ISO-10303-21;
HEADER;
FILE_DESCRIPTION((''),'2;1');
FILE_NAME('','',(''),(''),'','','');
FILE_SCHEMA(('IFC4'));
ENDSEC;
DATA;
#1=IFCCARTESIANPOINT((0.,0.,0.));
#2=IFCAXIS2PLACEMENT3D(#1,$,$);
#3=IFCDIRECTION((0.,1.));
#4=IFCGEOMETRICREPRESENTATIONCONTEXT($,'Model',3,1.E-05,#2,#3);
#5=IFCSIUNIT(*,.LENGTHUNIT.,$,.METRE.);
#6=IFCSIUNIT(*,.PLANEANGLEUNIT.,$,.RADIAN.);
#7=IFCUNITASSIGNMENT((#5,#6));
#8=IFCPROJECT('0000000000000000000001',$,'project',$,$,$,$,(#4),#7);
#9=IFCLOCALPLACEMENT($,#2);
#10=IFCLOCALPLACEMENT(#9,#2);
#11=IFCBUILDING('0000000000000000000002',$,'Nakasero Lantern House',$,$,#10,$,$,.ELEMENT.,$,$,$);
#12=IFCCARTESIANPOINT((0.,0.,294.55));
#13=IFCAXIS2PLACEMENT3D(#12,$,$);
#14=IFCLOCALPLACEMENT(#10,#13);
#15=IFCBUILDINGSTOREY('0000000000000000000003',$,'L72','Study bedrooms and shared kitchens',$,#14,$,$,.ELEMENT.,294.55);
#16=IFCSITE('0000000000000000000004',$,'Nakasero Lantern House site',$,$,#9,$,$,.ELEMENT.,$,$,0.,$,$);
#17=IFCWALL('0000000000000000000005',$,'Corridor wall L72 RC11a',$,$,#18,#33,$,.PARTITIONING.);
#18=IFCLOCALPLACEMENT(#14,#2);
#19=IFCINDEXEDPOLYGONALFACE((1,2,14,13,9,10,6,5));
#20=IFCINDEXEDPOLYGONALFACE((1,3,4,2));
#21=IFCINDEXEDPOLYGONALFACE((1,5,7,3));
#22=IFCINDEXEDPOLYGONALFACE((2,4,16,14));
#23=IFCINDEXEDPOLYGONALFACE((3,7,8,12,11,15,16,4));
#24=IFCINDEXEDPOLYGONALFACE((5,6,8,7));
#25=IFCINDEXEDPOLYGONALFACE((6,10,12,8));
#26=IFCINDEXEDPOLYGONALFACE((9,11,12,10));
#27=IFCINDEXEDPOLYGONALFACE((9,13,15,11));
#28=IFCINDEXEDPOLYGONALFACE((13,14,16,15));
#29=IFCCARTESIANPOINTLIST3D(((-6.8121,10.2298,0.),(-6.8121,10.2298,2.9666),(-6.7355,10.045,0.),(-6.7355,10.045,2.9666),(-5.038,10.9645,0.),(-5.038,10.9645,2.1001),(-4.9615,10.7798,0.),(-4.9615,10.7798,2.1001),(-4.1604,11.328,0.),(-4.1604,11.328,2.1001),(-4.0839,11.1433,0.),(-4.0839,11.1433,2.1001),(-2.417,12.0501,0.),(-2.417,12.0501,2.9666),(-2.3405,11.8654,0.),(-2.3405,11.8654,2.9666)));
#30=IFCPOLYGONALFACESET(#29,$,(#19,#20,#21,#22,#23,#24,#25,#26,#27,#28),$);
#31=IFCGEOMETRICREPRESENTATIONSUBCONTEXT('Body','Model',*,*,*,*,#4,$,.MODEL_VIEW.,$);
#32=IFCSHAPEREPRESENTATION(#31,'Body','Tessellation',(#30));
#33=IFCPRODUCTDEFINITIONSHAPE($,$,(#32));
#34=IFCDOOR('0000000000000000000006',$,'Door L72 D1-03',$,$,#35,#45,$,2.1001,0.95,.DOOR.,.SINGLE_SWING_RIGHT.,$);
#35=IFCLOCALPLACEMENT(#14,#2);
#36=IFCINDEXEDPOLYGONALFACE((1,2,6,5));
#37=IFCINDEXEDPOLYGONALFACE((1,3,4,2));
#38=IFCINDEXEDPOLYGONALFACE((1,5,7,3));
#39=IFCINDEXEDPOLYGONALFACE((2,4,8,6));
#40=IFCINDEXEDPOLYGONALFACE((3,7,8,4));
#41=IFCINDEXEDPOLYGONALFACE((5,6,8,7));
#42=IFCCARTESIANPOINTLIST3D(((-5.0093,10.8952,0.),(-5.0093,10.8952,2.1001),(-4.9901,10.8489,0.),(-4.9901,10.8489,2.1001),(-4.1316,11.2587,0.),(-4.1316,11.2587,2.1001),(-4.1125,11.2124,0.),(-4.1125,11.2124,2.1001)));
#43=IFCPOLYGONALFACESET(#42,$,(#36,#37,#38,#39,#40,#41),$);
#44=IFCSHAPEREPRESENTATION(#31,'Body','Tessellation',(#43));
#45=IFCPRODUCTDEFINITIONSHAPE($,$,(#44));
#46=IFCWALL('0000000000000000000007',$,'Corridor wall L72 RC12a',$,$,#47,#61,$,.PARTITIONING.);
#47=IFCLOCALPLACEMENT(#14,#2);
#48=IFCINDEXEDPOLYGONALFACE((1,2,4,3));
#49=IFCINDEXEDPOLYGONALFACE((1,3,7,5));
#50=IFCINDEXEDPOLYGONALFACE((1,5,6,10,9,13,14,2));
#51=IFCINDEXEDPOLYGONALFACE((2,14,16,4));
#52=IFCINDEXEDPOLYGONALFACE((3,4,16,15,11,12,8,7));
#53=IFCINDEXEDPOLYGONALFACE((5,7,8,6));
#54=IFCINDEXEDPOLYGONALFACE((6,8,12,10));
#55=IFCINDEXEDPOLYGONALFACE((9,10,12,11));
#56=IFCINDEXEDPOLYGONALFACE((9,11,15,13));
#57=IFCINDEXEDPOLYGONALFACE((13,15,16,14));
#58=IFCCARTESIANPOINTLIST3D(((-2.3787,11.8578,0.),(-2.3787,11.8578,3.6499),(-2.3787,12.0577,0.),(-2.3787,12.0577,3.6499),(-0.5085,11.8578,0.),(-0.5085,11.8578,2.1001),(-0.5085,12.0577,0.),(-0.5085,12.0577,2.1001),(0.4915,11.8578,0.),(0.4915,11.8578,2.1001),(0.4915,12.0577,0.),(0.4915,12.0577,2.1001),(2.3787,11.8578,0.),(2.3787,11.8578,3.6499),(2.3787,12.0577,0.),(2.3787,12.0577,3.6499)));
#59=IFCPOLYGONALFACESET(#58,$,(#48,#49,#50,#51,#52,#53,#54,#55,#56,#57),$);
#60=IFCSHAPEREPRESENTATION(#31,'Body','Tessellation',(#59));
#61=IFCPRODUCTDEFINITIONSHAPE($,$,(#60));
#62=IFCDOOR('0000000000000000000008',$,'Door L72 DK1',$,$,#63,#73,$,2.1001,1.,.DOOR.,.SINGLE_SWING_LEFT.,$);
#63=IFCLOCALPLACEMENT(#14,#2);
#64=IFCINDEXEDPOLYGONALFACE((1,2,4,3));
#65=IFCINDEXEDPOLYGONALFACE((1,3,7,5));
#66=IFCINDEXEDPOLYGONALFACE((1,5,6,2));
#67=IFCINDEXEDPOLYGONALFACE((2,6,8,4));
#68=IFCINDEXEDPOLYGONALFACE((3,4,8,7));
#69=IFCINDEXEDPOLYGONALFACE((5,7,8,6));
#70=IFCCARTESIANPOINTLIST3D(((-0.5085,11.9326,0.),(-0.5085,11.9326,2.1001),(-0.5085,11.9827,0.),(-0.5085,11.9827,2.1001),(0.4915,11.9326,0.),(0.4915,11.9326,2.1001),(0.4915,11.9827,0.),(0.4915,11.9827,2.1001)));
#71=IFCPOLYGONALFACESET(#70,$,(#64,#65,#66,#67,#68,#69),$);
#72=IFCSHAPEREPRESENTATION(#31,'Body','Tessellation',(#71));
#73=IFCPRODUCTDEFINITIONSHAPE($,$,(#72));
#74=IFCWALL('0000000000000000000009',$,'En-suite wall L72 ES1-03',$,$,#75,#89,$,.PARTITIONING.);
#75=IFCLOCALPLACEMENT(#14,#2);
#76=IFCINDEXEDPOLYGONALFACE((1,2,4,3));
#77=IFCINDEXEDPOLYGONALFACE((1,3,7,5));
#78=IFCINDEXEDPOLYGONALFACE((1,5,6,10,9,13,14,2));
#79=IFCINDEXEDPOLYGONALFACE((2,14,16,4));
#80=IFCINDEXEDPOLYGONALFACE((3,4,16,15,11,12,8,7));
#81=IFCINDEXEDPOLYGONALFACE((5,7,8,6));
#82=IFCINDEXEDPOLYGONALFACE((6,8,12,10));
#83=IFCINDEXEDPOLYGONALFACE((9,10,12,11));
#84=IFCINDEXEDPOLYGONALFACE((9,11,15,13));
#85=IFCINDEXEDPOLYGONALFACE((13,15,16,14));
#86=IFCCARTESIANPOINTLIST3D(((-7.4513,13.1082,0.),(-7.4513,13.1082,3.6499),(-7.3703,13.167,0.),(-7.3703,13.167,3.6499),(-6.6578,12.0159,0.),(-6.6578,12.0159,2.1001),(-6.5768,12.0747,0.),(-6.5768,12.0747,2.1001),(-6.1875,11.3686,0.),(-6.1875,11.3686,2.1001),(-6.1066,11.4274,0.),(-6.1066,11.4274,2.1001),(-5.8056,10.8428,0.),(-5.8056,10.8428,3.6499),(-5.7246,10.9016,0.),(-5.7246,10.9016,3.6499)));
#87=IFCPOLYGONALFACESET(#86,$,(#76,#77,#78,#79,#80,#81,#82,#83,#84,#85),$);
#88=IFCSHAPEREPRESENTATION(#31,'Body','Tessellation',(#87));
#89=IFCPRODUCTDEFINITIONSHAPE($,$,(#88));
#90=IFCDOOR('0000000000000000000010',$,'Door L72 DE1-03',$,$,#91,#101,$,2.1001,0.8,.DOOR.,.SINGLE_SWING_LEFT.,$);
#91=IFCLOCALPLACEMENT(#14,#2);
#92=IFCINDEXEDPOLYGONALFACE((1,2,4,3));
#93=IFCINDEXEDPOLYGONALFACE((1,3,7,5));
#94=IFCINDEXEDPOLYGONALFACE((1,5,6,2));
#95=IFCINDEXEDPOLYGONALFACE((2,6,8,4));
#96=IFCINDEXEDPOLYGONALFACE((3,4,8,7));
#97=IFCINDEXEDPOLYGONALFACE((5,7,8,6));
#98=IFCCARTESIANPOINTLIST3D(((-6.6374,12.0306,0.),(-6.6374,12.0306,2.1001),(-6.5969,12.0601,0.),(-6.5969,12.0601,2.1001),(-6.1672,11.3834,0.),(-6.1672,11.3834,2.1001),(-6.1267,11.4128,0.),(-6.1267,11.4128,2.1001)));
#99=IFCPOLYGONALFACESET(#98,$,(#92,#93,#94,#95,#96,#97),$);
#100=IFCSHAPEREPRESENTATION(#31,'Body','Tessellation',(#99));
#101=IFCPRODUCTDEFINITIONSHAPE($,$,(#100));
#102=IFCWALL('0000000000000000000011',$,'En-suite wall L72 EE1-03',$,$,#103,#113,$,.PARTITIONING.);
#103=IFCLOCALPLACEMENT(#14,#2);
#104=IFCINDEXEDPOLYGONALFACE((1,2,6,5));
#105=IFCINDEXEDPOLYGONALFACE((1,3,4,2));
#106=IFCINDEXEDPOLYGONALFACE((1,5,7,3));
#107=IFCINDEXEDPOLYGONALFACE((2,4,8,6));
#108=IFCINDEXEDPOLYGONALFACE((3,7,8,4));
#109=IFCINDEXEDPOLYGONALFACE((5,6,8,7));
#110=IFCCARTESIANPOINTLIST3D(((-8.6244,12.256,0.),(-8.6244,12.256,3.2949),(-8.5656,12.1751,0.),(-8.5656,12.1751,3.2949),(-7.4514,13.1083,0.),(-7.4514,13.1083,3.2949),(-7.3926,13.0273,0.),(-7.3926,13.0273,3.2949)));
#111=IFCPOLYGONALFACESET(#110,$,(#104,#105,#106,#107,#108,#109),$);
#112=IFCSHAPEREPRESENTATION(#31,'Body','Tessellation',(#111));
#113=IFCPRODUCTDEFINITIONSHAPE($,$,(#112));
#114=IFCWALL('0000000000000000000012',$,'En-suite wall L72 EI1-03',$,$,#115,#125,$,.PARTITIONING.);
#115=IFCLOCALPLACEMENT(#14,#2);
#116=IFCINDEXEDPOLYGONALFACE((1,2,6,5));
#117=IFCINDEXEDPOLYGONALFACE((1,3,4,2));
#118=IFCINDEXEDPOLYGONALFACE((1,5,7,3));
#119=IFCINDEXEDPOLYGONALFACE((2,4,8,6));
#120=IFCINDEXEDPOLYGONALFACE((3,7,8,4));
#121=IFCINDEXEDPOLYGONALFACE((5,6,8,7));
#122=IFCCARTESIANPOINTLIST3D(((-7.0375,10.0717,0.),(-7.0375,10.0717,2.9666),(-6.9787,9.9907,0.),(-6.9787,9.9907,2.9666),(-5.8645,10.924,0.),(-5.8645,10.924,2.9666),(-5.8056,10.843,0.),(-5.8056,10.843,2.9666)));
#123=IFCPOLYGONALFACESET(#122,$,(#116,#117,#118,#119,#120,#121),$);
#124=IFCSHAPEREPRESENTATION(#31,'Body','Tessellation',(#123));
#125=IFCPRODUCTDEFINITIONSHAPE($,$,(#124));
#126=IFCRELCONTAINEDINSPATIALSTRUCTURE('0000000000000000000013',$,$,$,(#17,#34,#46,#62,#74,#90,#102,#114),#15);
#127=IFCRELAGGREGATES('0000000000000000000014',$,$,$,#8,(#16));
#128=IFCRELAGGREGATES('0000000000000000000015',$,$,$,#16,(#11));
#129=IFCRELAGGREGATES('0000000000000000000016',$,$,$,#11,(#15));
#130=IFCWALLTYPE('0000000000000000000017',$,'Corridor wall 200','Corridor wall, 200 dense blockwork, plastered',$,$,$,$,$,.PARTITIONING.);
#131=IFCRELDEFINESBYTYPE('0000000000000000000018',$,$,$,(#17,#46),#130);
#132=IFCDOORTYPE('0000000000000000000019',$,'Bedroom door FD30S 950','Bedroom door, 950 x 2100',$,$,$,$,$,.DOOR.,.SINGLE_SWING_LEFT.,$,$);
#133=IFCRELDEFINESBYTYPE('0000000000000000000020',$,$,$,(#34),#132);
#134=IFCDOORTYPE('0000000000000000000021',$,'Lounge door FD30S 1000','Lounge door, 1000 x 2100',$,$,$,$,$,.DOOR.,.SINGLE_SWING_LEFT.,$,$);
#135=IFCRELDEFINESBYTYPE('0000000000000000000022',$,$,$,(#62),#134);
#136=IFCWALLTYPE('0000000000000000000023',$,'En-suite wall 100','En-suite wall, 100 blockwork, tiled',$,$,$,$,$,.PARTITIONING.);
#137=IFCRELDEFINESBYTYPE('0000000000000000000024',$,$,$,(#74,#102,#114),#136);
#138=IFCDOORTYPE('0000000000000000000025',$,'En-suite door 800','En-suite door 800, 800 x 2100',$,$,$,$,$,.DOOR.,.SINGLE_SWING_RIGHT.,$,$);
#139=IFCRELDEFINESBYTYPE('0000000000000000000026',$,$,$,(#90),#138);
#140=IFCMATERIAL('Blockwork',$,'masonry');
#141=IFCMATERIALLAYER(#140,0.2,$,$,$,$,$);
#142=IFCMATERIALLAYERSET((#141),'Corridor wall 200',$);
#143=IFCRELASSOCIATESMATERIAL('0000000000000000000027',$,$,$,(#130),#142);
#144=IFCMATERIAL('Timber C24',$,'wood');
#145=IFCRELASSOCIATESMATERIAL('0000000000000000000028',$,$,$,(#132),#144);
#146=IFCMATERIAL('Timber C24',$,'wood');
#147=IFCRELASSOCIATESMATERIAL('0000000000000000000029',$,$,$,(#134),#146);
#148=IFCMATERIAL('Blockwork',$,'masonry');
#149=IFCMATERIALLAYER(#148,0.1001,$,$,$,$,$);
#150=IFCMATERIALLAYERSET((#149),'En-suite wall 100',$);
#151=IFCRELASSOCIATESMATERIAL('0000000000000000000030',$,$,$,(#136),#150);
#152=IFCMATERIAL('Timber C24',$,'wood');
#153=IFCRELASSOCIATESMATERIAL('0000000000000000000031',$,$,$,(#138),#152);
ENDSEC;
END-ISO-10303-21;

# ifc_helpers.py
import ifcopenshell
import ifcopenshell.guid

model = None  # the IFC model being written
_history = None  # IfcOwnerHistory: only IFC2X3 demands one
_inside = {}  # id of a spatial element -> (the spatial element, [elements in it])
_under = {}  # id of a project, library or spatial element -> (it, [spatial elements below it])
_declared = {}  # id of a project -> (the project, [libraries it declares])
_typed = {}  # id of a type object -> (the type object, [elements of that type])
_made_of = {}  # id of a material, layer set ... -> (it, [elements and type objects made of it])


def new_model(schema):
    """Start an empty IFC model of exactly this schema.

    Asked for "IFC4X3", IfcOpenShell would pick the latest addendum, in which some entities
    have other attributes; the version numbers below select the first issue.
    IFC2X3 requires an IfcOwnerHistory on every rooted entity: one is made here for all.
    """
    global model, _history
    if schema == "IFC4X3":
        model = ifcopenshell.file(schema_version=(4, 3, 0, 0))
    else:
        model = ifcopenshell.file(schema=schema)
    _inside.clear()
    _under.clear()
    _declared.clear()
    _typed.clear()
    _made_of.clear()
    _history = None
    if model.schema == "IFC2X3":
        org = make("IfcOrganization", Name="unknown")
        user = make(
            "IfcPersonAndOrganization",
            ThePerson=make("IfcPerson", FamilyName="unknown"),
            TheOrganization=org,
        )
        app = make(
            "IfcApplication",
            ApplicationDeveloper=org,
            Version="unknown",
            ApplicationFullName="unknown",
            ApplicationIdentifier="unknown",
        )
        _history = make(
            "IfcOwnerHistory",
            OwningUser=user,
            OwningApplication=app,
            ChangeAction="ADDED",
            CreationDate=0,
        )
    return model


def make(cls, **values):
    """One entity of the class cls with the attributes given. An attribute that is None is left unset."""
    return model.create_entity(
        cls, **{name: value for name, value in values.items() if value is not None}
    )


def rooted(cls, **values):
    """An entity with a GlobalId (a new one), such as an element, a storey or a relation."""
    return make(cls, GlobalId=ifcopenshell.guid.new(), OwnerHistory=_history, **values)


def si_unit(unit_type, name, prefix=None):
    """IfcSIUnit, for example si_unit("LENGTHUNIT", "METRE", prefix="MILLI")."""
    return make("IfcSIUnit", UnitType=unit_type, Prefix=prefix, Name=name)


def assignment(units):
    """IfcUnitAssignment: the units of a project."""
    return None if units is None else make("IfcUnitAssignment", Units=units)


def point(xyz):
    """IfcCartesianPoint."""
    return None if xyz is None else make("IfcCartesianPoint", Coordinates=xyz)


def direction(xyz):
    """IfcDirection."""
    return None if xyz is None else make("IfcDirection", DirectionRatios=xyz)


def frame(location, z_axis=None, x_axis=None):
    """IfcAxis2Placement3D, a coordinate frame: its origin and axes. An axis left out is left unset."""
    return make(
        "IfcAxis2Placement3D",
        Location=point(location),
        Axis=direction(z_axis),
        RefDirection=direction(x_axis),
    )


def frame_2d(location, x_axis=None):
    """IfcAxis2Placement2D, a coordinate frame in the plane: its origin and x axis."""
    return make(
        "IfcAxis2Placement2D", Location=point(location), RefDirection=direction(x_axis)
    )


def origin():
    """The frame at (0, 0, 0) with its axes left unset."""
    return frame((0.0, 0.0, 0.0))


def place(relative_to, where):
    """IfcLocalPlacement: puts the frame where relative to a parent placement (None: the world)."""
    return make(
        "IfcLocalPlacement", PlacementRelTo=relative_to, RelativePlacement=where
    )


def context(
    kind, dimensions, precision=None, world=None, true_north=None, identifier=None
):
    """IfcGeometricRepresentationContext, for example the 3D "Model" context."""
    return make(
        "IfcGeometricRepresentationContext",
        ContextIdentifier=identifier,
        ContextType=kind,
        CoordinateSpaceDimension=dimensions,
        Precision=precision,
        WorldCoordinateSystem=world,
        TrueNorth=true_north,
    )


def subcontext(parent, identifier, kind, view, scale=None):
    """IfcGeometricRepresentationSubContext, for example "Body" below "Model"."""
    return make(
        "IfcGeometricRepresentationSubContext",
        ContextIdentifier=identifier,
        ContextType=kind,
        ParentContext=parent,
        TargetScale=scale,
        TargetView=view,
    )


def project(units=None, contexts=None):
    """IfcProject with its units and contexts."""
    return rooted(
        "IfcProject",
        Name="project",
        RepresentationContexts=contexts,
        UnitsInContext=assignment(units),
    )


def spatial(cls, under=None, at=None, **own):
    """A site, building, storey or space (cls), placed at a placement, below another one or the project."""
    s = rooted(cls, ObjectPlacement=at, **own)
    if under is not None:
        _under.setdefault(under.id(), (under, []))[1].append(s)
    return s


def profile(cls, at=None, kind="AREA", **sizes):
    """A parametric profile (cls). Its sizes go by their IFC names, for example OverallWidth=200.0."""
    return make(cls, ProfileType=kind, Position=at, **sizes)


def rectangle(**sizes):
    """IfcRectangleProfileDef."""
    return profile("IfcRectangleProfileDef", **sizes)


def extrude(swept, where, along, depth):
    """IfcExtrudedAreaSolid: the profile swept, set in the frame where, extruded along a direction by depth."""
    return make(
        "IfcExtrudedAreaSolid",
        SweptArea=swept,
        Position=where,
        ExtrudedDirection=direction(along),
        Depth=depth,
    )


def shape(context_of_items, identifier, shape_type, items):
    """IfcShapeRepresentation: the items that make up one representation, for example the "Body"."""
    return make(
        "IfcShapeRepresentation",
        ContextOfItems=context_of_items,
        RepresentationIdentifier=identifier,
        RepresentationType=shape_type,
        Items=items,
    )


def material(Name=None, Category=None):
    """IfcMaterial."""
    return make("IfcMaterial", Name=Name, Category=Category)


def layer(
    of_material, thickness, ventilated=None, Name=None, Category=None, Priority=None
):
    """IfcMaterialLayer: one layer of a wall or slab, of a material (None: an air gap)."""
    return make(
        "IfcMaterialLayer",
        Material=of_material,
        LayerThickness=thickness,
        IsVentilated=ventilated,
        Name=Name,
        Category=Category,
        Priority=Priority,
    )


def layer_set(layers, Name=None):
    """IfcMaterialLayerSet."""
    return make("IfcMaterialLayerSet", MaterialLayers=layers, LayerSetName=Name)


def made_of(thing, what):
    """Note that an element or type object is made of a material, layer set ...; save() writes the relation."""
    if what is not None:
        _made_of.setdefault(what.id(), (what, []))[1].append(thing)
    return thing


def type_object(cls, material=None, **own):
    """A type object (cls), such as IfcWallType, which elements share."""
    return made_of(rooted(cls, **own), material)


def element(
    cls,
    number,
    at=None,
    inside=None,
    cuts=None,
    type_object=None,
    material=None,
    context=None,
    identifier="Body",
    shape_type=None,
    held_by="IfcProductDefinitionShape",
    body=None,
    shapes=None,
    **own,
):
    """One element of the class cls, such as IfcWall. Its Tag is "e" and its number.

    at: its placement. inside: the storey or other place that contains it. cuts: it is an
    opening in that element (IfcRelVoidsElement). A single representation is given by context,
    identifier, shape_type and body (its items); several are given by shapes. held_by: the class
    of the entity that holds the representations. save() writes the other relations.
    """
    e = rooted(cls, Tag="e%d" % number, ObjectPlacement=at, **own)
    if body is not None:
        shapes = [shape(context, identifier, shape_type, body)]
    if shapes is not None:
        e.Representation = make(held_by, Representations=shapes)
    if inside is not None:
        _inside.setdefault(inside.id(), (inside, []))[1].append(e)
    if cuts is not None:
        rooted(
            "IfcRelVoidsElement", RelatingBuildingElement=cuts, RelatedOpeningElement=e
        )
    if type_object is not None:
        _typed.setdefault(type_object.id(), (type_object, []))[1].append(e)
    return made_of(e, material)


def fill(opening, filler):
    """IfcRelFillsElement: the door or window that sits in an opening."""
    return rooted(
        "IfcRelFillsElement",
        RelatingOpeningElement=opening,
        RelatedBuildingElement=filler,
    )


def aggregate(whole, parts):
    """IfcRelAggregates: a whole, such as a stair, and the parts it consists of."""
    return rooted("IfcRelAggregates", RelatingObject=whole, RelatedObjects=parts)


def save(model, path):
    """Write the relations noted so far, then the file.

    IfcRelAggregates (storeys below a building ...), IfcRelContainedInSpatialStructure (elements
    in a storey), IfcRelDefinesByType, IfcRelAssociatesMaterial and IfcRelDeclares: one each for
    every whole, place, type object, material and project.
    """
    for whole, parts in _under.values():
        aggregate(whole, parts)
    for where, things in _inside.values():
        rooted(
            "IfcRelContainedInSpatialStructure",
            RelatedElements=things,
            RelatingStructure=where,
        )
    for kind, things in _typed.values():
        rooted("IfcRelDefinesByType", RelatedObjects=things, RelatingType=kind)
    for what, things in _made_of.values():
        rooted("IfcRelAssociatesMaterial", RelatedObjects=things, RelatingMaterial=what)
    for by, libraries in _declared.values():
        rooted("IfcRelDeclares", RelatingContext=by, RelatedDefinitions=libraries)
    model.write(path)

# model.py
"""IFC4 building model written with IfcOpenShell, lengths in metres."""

from ifc_helpers import new_model, si_unit, direction, frame, frame_2d, origin, place, context, subcontext, project, spatial, rectangle, extrude, material, layer, layer_set, type_object, element, fill, save


model = new_model("IFC4")

# Units and contexts
model_context = context("Model", 3, precision=1e-05, world=origin(), true_north=direction((0.0, 1.0)))
body_context = subcontext(model_context, "Body", "Model", "MODEL_VIEW")
ifc_project = project(units=[si_unit("LENGTHUNIT", "METRE"), si_unit("PLANEANGLEUNIT", "RADIAN")], contexts=[model_context])

# Site, building, storey
site_placement = place(None, origin())
site = spatial("IfcSite", under=ifc_project, at=site_placement, Name="Nakasero Lantern House site", CompositionType="ELEMENT", RefElevation=0.0)
building_placement = place(site_placement, origin())
building = spatial("IfcBuilding", under=site, at=building_placement, Name="Nakasero Lantern House", CompositionType="ELEMENT")
storey_placement = place(building_placement, frame((0.0, 0.0, 294.55)))
storey = spatial("IfcBuildingStorey", under=building, at=storey_placement, Name="L72", Description="Study bedrooms and shared kitchens", CompositionType="ELEMENT", Elevation=294.55)

# Walls, openings, doors
ifc_material_1 = material(Name="Blockwork", Category="masonry")
ifc_layer_1 = layer(ifc_material_1, 0.2)
ifc_layer_set_1 = layer_set([ifc_layer_1], Name="Corridor wall 200")
wall_type_1 = type_object("IfcWallType", Name="Corridor wall 200", Description="Corridor wall, 200 dense blockwork, plastered", PredefinedType="PARTITIONING", material=ifc_layer_set_1)
wall_1_placement = place(storey_placement, frame((-6.7737, 10.1375, 0.0), z_axis=(0.0, 0.0, 1.0), x_axis=(0.923892, 0.382654, 0.0)))
wall_1 = element("IfcWall", 1, at=wall_1_placement, inside=storey, type_object=wall_type_1, Name="Corridor wall L72 RC11a", PredefinedType="PARTITIONING", context=body_context, shape_type="SweptSolid", body=[
    extrude(rectangle(XDim=4.7571, YDim=0.2, at=frame_2d((2.3784, 0.0))), origin(), (0.0, 0.0, 1.0), 2.9666),
])
opening_1_placement = place(wall_1_placement, frame((1.9199, 0.0, 0.0)))
opening_1 = element("IfcOpeningElement", 2, at=opening_1_placement, cuts=wall_1, PredefinedType="OPENING", context=body_context, shape_type="SweptSolid", body=[
    extrude(rectangle(XDim=0.95, YDim=2.1001, at=frame_2d((0.4751, 1.05))), frame((0.0, 0.1199, 0.0), z_axis=(0.0, -1.0, 0.0), x_axis=(1.0, 0.0, 0.0)), (0.0, 0.0, 1.0), 0.24),
])
ifc_material_2 = material(Name="Timber C24", Category="wood")
door_type_1 = type_object("IfcDoorType", Name="Bedroom door FD30S 950", Description="Bedroom door, 950 x 2100", OperationType="SINGLE_SWING_LEFT", PredefinedType="DOOR", material=ifc_material_2)
door_1_placement = place(opening_1_placement, origin())
door_1 = element("IfcDoor", 3, at=door_1_placement, inside=storey, type_object=door_type_1, Name="Door L72 D1-03", OperationType="SINGLE_SWING_RIGHT", OverallHeight=2.1001, OverallWidth=0.95, PredefinedType="DOOR", context=body_context, shape_type="SweptSolid", body=[
    extrude(rectangle(XDim=0.95, YDim=2.1001, at=frame_2d((0.4751, 1.05))), frame((0.0, 0.0249, 0.0), z_axis=(0.0, -1.0, 0.0), x_axis=(1.0, 0.0, 0.0)), (0.0, 0.0, 1.0), 0.05),
])
fill(opening_1, door_1)
wall_2_placement = place(storey_placement, frame((-2.3787, 11.9578, 0.0), z_axis=(0.0, 0.0, 1.0), x_axis=(1.0, 0.0, 0.0)))
wall_2 = element("IfcWall", 4, at=wall_2_placement, inside=storey, type_object=wall_type_1, Name="Corridor wall L72 RC12a", PredefinedType="PARTITIONING", context=body_context, shape_type="SweptSolid", body=[
    extrude(rectangle(XDim=4.7573, YDim=0.2, at=frame_2d((2.3787, 0.0))), origin(), (0.0, 0.0, 1.0), 3.6499),
])
opening_2_placement = place(wall_2_placement, frame((1.8701, 0.0, 0.0)))
opening_2 = element("IfcOpeningElement", 5, at=opening_2_placement, cuts=wall_2, PredefinedType="OPENING", context=body_context, shape_type="SweptSolid", body=[
    extrude(rectangle(XDim=1.0, YDim=2.1001, at=frame_2d((0.5, 1.05))), frame((0.0, 0.1199, 0.0), z_axis=(0.0, -1.0, 0.0), x_axis=(1.0, 0.0, 0.0)), (0.0, 0.0, 1.0), 0.24),
])
ifc_material_3 = material(Name="Timber C24", Category="wood")
door_type_2 = type_object("IfcDoorType", Name="Lounge door FD30S 1000", Description="Lounge door, 1000 x 2100", OperationType="SINGLE_SWING_LEFT", PredefinedType="DOOR", material=ifc_material_3)
door_2_placement = place(opening_2_placement, origin())
door_2 = element("IfcDoor", 6, at=door_2_placement, inside=storey, type_object=door_type_2, Name="Door L72 DK1", OperationType="SINGLE_SWING_LEFT", OverallHeight=2.1001, OverallWidth=1.0, PredefinedType="DOOR", context=body_context, shape_type="SweptSolid", body=[
    extrude(rectangle(XDim=1.0, YDim=2.1001, at=frame_2d((0.5, 1.05))), frame((0.0, 0.0249, 0.0), z_axis=(0.0, -1.0, 0.0), x_axis=(1.0, 0.0, 0.0)), (0.0, 0.0, 1.0), 0.05),
])
fill(opening_2, door_2)
ifc_material_4 = material(Name="Blockwork", Category="masonry")
ifc_layer_2 = layer(ifc_material_4, 0.1001)
ifc_layer_set_2 = layer_set([ifc_layer_2], Name="En-suite wall 100")
wall_type_2 = type_object("IfcWallType", Name="En-suite wall 100", Description="En-suite wall, 100 blockwork, tiled", PredefinedType="PARTITIONING", material=ifc_layer_set_2)
wall_3_placement = place(storey_placement, frame((-5.7651, 10.8723, 0.0), z_axis=(0.0, 0.0, 1.0), x_axis=(-0.587752, 0.809041, 0.0)))
wall_3 = element("IfcWall", 7, at=wall_3_placement, inside=storey, type_object=wall_type_2, Name="En-suite wall L72 ES1-03", PredefinedType="PARTITIONING", context=body_context, shape_type="SweptSolid", body=[
    extrude(rectangle(XDim=2.8, YDim=0.1001, at=frame_2d((1.3999, 0.0))), origin(), (0.0, 0.0, 1.0), 3.6499),
])
opening_3_placement = place(wall_3_placement, frame((0.6499, 0.0, 0.0)))
opening_3 = element("IfcOpeningElement", 8, at=opening_3_placement, cuts=wall_3, PredefinedType="OPENING", context=body_context, shape_type="SweptSolid", body=[
    extrude(rectangle(XDim=0.8, YDim=2.1001, at=frame_2d((0.3999, 1.05))), frame((0.0, 0.0701, 0.0), z_axis=(0.0, -1.0, 0.0), x_axis=(1.0, 0.0, 0.0)), (0.0, 0.0, 1.0), 0.1401),
])
ifc_material_5 = material(Name="Timber C24", Category="wood")
door_type_3 = type_object("IfcDoorType", Name="En-suite door 800", Description="En-suite door 800, 800 x 2100", OperationType="SINGLE_SWING_RIGHT", PredefinedType="DOOR", material=ifc_material_5)
door_3_placement = place(opening_3_placement, origin())
door_3 = element("IfcDoor", 9, at=door_3_placement, inside=storey, type_object=door_type_3, Name="Door L72 DE1-03", OperationType="SINGLE_SWING_LEFT", OverallHeight=2.1001, OverallWidth=0.8, PredefinedType="DOOR", context=body_context, shape_type="SweptSolid", body=[
    extrude(rectangle(XDim=0.8, YDim=2.1001, at=frame_2d((0.3999, 1.05))), frame((0.0, 0.0249, 0.0), z_axis=(0.0, -1.0, 0.0), x_axis=(1.0, 0.0, 0.0)), (0.0, 0.0, 1.0), 0.05),
])
fill(opening_3, door_3)

# Walls
wall_4_placement = place(storey_placement, frame((-7.4219, 13.0679, 0.0), z_axis=(0.0, 0.0, 1.0), x_axis=(-0.80902, -0.587781, 0.0)))
element("IfcWall", 10, at=wall_4_placement, inside=storey, type_object=wall_type_2, Name="En-suite wall L72 EE1-03", PredefinedType="PARTITIONING", context=body_context, shape_type="SweptSolid", body=[
    extrude(rectangle(XDim=1.45, YDim=0.1001, at=frame_2d((0.7251, 0.0))), origin(), (0.0, 0.0, 1.0), 3.2949),
])
wall_5_placement = place(storey_placement, frame((-5.835, 10.8835, 0.0), z_axis=(0.0, 0.0, 1.0), x_axis=(-0.80902, -0.587781, 0.0)))
element("IfcWall", 11, at=wall_5_placement, inside=storey, type_object=wall_type_2, Name="En-suite wall L72 EI1-03", PredefinedType="PARTITIONING", context=body_context, shape_type="SweptSolid", body=[
    extrude(rectangle(XDim=1.45, YDim=0.1001, at=frame_2d((0.7251, 0.0))), origin(), (0.0, 0.0, 1.0), 2.9666),
])

save(model, "model.ifc")
